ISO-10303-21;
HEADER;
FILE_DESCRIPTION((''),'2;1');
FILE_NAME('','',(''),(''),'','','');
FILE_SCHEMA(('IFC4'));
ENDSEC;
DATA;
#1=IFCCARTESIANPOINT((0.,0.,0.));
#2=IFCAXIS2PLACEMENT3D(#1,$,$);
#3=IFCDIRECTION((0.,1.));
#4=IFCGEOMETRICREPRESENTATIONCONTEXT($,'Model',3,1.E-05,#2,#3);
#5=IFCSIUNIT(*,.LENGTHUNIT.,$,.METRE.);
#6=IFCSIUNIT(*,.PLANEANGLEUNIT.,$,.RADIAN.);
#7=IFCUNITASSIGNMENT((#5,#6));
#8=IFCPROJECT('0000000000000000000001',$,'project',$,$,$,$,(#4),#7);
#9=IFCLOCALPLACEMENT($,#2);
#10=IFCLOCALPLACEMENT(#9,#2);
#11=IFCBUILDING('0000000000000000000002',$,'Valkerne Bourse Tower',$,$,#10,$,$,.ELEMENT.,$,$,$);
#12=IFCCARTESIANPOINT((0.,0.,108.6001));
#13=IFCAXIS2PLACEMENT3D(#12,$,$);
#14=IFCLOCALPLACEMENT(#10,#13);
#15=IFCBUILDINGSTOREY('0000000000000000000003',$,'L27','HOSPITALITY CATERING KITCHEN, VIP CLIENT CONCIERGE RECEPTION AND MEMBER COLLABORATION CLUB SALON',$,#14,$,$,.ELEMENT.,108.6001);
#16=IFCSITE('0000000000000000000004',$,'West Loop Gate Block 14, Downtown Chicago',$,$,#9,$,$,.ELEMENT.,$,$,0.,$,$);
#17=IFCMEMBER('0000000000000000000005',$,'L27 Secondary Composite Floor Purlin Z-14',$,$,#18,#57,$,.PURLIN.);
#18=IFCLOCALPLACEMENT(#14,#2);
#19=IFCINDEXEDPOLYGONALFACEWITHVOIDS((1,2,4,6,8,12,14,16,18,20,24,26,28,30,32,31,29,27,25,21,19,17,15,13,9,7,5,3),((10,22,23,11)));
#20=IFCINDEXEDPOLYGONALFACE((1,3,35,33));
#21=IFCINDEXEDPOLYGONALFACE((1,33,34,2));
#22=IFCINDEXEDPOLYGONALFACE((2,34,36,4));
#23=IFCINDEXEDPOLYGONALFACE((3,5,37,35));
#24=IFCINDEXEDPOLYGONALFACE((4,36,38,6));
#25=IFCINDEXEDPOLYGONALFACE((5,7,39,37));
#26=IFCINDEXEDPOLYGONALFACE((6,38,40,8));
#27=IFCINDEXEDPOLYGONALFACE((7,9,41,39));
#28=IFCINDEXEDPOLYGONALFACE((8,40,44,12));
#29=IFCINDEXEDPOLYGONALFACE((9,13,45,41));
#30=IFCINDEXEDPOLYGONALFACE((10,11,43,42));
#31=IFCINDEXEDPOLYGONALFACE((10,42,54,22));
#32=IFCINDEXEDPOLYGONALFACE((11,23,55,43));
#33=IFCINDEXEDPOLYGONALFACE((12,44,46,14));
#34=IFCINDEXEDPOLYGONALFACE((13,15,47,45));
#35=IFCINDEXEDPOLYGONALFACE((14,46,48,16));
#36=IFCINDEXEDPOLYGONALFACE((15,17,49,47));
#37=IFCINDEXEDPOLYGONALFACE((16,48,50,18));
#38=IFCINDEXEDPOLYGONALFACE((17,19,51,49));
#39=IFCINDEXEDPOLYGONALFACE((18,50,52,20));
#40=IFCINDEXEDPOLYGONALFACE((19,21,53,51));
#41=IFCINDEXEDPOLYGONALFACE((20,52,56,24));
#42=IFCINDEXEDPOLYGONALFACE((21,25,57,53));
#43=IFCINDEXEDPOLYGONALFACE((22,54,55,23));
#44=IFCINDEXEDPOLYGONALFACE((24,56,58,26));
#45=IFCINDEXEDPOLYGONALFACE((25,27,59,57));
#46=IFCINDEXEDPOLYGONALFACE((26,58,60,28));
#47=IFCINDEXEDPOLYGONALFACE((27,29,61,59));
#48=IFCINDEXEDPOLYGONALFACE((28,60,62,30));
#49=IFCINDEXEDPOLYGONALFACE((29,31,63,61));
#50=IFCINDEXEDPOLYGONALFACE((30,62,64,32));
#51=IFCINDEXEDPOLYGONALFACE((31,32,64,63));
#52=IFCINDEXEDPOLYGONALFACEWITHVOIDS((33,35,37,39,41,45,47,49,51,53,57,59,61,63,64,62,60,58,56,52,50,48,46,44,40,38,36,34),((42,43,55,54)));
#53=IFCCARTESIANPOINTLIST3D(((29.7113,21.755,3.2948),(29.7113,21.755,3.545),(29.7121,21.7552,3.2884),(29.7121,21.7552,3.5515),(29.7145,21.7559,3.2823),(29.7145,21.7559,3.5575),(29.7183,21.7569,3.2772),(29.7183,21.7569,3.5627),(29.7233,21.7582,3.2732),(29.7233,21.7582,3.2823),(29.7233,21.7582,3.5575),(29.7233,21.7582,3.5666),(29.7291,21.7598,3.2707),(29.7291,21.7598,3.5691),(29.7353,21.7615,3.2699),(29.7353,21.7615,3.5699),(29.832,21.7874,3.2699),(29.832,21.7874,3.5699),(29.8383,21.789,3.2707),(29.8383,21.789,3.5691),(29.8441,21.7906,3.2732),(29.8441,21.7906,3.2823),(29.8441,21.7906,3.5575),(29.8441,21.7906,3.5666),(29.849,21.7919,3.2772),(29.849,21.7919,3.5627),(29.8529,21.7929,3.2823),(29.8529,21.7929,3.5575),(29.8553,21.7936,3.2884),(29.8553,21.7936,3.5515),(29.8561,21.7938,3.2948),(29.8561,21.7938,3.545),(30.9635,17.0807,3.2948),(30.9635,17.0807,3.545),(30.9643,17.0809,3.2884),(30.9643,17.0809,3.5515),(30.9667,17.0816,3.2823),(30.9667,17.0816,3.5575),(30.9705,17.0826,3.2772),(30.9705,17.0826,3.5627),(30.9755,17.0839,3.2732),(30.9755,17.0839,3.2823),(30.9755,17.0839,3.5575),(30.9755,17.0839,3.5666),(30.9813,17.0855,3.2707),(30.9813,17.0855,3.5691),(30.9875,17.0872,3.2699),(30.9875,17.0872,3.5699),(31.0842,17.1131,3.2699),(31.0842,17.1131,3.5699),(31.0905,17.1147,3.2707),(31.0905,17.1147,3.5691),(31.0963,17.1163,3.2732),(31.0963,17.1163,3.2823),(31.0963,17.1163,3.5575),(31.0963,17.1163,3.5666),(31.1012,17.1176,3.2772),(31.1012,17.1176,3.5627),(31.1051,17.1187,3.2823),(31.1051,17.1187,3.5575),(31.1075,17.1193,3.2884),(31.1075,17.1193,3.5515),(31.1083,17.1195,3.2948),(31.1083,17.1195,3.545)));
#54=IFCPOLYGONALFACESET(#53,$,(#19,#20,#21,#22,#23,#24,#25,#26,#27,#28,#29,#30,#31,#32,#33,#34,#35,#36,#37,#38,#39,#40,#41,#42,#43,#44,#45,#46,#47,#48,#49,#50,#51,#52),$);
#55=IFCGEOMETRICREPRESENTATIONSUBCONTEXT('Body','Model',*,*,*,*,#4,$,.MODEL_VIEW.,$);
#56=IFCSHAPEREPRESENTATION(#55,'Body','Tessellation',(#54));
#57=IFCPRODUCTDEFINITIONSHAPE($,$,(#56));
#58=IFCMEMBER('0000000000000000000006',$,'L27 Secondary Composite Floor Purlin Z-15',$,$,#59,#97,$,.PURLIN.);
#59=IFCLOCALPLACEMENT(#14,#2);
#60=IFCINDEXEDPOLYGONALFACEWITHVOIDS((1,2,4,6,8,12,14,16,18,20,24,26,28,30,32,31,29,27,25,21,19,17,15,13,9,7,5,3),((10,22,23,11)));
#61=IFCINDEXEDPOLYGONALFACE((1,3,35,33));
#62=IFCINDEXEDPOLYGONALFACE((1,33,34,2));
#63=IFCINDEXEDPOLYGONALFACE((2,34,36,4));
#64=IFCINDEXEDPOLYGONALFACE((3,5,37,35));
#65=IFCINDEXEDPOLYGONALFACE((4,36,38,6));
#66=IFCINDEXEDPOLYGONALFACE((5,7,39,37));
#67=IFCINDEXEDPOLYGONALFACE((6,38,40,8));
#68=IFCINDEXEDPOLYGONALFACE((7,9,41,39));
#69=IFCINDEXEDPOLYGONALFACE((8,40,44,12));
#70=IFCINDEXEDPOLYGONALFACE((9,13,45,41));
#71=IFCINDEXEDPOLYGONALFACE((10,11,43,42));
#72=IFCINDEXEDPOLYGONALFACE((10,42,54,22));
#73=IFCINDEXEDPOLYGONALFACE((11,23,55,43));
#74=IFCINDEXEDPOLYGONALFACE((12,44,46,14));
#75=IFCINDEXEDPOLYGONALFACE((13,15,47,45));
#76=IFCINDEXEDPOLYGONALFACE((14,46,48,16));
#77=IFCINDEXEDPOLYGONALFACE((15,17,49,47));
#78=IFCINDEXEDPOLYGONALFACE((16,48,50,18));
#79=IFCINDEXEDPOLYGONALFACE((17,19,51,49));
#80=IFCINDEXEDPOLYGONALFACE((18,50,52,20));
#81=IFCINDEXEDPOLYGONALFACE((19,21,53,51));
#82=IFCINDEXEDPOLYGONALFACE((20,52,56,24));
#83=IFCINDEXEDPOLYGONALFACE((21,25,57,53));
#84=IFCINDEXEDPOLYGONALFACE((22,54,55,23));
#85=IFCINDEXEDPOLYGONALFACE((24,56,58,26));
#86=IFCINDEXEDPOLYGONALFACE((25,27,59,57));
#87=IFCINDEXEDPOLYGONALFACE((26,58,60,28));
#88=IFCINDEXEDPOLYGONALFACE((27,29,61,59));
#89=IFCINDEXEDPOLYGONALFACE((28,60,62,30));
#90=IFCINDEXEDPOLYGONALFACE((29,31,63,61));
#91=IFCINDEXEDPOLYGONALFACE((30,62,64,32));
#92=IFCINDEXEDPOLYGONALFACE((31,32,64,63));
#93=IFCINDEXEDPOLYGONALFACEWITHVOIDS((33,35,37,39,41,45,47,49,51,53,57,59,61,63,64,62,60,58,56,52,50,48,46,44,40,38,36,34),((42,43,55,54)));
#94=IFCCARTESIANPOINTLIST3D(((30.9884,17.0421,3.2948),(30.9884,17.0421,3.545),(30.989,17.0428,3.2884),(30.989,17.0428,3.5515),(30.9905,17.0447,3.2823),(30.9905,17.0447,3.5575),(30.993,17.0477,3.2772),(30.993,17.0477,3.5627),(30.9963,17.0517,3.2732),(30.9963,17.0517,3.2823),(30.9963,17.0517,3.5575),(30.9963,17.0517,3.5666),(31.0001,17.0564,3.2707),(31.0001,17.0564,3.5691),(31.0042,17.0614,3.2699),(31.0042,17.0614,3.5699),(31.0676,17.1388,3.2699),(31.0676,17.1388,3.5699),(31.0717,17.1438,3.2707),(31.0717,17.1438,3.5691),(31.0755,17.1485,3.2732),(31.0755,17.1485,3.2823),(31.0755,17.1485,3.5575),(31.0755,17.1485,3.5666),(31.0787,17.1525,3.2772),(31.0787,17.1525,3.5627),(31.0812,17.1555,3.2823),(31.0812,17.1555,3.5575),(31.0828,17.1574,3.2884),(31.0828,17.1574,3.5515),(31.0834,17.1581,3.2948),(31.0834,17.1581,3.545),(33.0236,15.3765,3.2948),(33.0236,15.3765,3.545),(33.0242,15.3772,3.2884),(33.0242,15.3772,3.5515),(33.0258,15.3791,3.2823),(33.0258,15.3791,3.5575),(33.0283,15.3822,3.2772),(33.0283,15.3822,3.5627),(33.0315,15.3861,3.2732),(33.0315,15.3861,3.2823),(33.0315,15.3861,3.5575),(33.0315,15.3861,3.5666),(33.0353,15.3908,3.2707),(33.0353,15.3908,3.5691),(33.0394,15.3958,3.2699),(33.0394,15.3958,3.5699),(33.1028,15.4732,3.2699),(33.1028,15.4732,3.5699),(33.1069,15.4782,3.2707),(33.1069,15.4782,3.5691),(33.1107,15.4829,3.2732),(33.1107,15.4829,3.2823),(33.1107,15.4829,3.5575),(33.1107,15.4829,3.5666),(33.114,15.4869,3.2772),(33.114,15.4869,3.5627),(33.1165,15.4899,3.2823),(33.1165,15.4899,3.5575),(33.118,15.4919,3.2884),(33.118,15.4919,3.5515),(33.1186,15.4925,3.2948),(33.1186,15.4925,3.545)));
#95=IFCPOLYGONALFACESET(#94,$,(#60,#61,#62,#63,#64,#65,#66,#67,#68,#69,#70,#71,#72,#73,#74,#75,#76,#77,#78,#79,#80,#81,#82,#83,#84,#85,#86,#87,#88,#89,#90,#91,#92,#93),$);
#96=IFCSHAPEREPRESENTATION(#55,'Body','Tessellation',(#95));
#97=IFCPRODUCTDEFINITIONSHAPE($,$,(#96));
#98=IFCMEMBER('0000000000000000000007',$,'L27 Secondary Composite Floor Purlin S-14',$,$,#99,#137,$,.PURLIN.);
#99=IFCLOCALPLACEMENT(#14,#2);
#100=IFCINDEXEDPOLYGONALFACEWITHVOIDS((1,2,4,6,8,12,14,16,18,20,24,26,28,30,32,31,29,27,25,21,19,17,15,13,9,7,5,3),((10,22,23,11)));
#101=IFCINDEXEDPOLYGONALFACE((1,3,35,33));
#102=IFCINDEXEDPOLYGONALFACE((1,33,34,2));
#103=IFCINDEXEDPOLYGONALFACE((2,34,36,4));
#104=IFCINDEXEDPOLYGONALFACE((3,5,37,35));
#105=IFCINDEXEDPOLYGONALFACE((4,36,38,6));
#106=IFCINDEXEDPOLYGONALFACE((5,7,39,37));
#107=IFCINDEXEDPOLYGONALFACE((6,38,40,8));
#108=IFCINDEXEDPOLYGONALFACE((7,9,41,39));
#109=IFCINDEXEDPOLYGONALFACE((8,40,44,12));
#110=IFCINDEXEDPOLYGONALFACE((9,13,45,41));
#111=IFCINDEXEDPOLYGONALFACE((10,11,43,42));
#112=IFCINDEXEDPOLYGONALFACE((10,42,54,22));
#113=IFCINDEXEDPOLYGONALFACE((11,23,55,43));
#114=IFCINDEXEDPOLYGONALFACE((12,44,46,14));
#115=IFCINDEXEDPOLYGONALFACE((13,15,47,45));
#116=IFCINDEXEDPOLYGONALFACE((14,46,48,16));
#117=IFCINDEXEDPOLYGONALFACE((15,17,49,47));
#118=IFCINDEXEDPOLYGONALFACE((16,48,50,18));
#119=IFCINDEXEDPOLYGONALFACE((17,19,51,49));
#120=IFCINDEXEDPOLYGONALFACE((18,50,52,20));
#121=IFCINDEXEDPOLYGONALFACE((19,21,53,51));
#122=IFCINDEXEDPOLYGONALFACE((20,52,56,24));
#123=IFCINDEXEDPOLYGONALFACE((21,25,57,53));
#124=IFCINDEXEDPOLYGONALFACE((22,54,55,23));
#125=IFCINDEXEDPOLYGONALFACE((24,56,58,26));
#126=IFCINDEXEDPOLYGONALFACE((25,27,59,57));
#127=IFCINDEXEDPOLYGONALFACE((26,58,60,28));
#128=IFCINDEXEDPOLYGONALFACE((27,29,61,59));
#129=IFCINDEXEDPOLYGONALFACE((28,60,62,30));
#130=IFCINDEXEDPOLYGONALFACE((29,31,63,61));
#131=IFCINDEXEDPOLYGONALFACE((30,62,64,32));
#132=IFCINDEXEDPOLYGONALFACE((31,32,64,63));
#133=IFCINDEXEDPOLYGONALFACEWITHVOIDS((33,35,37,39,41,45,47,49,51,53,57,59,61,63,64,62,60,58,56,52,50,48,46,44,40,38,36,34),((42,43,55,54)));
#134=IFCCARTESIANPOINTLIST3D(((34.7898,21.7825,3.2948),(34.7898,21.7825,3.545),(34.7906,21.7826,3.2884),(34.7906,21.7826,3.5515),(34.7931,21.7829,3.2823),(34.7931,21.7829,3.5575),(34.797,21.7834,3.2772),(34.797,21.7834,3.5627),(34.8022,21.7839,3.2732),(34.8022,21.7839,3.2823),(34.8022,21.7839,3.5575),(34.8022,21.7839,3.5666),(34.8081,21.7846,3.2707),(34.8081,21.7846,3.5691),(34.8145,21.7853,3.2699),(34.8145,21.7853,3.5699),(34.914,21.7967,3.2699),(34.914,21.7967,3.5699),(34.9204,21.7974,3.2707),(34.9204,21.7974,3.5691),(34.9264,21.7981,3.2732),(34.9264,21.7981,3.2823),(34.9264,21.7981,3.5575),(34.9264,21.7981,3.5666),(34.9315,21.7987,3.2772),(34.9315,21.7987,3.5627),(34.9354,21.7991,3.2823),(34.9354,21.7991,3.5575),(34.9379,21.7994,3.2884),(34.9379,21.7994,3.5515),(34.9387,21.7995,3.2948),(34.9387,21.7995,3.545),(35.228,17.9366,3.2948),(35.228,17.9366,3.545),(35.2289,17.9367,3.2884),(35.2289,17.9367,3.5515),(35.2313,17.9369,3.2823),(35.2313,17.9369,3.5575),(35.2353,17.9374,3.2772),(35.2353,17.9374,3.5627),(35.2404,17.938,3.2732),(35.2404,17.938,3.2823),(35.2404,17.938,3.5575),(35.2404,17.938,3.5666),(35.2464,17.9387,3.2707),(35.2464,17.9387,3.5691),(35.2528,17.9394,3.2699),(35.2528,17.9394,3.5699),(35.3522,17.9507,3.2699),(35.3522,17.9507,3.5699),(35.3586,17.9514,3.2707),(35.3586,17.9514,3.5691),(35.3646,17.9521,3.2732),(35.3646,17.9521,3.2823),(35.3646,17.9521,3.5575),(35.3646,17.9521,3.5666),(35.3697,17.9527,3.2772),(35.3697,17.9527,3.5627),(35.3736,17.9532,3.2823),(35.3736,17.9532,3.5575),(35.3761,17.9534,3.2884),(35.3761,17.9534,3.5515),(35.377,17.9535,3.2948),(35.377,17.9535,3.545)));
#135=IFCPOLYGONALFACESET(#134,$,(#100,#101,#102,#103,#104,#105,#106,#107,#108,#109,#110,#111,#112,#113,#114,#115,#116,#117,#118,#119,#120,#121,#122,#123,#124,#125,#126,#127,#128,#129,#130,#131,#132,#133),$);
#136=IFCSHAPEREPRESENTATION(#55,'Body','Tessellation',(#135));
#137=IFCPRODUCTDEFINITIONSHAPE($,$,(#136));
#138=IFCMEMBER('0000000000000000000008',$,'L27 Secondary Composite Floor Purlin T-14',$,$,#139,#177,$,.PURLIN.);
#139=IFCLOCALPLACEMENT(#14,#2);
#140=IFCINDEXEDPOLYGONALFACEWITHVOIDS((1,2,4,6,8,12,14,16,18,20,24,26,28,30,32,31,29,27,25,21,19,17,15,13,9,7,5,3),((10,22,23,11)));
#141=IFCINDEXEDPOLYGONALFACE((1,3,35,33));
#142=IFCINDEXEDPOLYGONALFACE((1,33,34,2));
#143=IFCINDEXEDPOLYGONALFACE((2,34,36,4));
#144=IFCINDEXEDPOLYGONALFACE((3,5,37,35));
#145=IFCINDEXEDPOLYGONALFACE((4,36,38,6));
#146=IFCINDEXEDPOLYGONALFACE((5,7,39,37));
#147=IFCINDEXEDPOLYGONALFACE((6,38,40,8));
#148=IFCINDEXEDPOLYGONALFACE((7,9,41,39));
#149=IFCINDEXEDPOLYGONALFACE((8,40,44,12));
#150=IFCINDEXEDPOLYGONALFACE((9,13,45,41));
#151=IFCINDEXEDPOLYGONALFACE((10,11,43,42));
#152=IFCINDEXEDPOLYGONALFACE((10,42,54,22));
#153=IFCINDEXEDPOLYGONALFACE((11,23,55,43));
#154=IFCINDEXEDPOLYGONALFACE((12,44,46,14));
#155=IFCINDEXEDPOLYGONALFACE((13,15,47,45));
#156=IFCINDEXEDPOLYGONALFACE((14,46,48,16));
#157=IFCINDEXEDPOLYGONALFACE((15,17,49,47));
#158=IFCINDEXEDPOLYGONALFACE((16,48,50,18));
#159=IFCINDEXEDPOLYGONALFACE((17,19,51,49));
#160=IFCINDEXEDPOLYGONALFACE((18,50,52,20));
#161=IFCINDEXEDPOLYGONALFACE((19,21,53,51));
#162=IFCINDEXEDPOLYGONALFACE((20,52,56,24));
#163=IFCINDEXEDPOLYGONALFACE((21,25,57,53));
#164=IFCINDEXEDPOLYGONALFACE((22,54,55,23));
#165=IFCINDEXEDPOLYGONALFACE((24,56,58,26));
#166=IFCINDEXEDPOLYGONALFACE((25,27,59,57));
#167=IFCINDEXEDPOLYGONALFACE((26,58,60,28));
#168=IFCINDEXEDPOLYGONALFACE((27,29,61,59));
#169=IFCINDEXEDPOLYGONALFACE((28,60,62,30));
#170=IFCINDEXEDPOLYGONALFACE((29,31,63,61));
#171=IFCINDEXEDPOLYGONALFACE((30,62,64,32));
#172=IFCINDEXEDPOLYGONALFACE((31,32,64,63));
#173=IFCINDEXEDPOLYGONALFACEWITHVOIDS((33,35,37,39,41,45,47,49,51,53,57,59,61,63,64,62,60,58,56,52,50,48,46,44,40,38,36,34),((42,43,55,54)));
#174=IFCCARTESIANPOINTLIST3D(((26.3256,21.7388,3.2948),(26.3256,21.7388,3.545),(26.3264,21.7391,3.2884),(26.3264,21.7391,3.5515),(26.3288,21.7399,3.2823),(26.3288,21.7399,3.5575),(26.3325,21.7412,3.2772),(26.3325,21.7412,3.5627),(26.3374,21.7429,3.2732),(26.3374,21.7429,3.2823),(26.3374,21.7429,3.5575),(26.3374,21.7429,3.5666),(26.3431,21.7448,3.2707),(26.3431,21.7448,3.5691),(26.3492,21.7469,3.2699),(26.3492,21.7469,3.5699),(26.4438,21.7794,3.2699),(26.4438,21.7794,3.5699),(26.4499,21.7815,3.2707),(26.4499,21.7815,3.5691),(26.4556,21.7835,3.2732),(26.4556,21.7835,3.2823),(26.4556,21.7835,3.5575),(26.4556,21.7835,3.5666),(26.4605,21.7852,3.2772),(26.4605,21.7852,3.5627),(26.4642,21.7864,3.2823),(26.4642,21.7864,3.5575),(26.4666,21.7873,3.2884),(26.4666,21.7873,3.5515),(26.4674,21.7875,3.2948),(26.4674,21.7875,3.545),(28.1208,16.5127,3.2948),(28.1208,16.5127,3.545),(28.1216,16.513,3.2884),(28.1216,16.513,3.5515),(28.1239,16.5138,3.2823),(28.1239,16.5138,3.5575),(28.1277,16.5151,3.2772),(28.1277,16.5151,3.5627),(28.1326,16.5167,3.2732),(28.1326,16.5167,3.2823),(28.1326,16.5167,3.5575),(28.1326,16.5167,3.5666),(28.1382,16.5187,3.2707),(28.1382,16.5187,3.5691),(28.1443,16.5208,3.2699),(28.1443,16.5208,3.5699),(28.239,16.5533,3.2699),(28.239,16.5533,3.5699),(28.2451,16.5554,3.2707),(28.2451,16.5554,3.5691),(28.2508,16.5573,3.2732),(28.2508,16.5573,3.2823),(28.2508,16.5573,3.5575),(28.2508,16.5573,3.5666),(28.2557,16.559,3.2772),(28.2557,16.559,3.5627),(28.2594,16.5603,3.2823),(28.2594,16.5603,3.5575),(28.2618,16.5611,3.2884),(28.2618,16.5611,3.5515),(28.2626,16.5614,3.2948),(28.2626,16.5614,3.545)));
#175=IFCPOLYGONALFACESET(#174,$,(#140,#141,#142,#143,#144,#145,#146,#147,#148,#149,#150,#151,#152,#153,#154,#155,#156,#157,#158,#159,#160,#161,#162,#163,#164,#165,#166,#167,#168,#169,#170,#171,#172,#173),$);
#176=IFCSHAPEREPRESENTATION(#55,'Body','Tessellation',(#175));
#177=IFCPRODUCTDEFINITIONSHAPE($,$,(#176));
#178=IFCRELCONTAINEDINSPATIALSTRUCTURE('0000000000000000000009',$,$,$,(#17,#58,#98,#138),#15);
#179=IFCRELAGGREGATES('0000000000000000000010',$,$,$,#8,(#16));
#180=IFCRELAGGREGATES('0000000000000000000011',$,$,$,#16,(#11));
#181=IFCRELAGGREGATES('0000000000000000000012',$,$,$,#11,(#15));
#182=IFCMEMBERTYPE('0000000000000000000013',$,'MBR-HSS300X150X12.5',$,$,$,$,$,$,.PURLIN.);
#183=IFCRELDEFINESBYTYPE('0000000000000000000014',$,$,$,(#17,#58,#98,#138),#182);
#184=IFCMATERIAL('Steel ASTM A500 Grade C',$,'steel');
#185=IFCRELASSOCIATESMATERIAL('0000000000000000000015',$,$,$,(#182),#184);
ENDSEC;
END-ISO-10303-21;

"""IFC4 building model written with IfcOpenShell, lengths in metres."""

from ifc_helpers import new_model, si_unit, direction, frame, origin, origin_2d, place, context, subcontext, project, spatial, hollow_rectangle, extrude, material, material_profile, profile_set, type_object, element, save


model = new_model("IFC4")

# Units and contexts
model_context = context("Model", 3, precision=1e-05, world=origin(), true_north=direction((0.0, 1.0)))
body_context = subcontext(model_context, "Body", "Model", "MODEL_VIEW")
ifc_project = project(units=[si_unit("LENGTHUNIT", "METRE"), si_unit("PLANEANGLEUNIT", "RADIAN")], contexts=[model_context])

# Site, building, storey
site_placement = place(None, origin())
site = spatial("IfcSite", under=ifc_project, at=site_placement, Name="West Loop Gate Block 14, Downtown Chicago", CompositionType="ELEMENT", RefElevation=0.0)
building_placement = place(site_placement, origin())
building = spatial("IfcBuilding", under=site, at=building_placement, Name="Valkerne Bourse Tower", CompositionType="ELEMENT")
storey_placement = place(building_placement, frame((0.0, 0.0, 108.6001)))
storey = spatial("IfcBuildingStorey", under=building, at=storey_placement, Name="L27", Description="HOSPITALITY CATERING KITCHEN, VIP CLIENT CONCIERGE RECEPTION AND MEMBER COLLABORATION CLUB SALON", CompositionType="ELEMENT", Elevation=108.6001)

# Members
ifc_material_1 = material(Name="Steel ASTM A500 Grade C", Category="steel")
ifc_material_profile_1 = material_profile(ifc_material_1, hollow_rectangle(XDim=0.1499, YDim=0.3, WallThickness=0.0125, OuterFilletRadius=0.0249, at=origin_2d()), Name="HSS300X150X12.5")
ifc_profile_set_1 = profile_set([ifc_material_profile_1], Name="Steel ASTM A500 Grade C")
member_type_1 = type_object("IfcMemberType", Name="MBR-HSS300X150X12.5", PredefinedType="PURLIN", material=ifc_profile_set_1)
member_1_placement = place(storey_placement, frame((29.7837, 21.7744, 3.4199), z_axis=(0.258765, -0.96594, 0.0), x_axis=(0.96594, 0.258765, 0.0)))
element("IfcMember", 1, at=member_1_placement, inside=storey, type_object=member_type_1, Name="L27 Secondary Composite Floor Purlin Z-14", PredefinedType="PURLIN", context=body_context, shape_type="SweptSolid", body=[
    extrude(hollow_rectangle(XDim=0.1499, YDim=0.3, WallThickness=0.0125, OuterFilletRadius=0.0249, at=origin_2d()), origin(), (0.0, 0.0, 1.0), 4.8391),
])
member_2_placement = place(storey_placement, frame((31.0359, 17.1001, 3.4199), z_axis=(0.773883, -0.633329, 0.0), x_axis=(0.633329, 0.773883, 0.0)))
element("IfcMember", 2, at=member_2_placement, inside=storey, type_object=member_type_1, Name="L27 Secondary Composite Floor Purlin Z-15", PredefinedType="PURLIN", context=body_context, shape_type="SweptSolid", body=[
    extrude(hollow_rectangle(XDim=0.1499, YDim=0.3, WallThickness=0.0125, OuterFilletRadius=0.0249, at=origin_2d()), origin(), (0.0, 0.0, 1.0), 2.6299),
])
member_3_placement = place(storey_placement, frame((34.8643, 21.791, 3.4199), z_axis=(0.113214, -0.993571, 0.0), x_axis=(0.993571, 0.113214, 0.0)))
element("IfcMember", 3, at=member_3_placement, inside=storey, type_object=member_type_1, Name="L27 Secondary Composite Floor Purlin S-14", PredefinedType="PURLIN", context=body_context, shape_type="SweptSolid", body=[
    extrude(hollow_rectangle(XDim=0.1499, YDim=0.3, WallThickness=0.0125, OuterFilletRadius=0.0249, at=origin_2d()), origin(), (0.0, 0.0, 1.0), 3.8708),
])
member_4_placement = place(storey_placement, frame((26.3965, 21.7632, 3.4199), z_axis=(0.32487, -0.945759, 0.0), x_axis=(0.945759, 0.32487, 0.0)))
element("IfcMember", 4, at=member_4_placement, inside=storey, type_object=member_type_1, Name="L27 Secondary Composite Floor Purlin T-14", PredefinedType="PURLIN", context=body_context, shape_type="SweptSolid", body=[
    extrude(hollow_rectangle(XDim=0.1499, YDim=0.3, WallThickness=0.0125, OuterFilletRadius=0.0249, at=origin_2d()), origin(), (0.0, 0.0, 1.0), 5.5259),
])

save(model, "model.ifc")
